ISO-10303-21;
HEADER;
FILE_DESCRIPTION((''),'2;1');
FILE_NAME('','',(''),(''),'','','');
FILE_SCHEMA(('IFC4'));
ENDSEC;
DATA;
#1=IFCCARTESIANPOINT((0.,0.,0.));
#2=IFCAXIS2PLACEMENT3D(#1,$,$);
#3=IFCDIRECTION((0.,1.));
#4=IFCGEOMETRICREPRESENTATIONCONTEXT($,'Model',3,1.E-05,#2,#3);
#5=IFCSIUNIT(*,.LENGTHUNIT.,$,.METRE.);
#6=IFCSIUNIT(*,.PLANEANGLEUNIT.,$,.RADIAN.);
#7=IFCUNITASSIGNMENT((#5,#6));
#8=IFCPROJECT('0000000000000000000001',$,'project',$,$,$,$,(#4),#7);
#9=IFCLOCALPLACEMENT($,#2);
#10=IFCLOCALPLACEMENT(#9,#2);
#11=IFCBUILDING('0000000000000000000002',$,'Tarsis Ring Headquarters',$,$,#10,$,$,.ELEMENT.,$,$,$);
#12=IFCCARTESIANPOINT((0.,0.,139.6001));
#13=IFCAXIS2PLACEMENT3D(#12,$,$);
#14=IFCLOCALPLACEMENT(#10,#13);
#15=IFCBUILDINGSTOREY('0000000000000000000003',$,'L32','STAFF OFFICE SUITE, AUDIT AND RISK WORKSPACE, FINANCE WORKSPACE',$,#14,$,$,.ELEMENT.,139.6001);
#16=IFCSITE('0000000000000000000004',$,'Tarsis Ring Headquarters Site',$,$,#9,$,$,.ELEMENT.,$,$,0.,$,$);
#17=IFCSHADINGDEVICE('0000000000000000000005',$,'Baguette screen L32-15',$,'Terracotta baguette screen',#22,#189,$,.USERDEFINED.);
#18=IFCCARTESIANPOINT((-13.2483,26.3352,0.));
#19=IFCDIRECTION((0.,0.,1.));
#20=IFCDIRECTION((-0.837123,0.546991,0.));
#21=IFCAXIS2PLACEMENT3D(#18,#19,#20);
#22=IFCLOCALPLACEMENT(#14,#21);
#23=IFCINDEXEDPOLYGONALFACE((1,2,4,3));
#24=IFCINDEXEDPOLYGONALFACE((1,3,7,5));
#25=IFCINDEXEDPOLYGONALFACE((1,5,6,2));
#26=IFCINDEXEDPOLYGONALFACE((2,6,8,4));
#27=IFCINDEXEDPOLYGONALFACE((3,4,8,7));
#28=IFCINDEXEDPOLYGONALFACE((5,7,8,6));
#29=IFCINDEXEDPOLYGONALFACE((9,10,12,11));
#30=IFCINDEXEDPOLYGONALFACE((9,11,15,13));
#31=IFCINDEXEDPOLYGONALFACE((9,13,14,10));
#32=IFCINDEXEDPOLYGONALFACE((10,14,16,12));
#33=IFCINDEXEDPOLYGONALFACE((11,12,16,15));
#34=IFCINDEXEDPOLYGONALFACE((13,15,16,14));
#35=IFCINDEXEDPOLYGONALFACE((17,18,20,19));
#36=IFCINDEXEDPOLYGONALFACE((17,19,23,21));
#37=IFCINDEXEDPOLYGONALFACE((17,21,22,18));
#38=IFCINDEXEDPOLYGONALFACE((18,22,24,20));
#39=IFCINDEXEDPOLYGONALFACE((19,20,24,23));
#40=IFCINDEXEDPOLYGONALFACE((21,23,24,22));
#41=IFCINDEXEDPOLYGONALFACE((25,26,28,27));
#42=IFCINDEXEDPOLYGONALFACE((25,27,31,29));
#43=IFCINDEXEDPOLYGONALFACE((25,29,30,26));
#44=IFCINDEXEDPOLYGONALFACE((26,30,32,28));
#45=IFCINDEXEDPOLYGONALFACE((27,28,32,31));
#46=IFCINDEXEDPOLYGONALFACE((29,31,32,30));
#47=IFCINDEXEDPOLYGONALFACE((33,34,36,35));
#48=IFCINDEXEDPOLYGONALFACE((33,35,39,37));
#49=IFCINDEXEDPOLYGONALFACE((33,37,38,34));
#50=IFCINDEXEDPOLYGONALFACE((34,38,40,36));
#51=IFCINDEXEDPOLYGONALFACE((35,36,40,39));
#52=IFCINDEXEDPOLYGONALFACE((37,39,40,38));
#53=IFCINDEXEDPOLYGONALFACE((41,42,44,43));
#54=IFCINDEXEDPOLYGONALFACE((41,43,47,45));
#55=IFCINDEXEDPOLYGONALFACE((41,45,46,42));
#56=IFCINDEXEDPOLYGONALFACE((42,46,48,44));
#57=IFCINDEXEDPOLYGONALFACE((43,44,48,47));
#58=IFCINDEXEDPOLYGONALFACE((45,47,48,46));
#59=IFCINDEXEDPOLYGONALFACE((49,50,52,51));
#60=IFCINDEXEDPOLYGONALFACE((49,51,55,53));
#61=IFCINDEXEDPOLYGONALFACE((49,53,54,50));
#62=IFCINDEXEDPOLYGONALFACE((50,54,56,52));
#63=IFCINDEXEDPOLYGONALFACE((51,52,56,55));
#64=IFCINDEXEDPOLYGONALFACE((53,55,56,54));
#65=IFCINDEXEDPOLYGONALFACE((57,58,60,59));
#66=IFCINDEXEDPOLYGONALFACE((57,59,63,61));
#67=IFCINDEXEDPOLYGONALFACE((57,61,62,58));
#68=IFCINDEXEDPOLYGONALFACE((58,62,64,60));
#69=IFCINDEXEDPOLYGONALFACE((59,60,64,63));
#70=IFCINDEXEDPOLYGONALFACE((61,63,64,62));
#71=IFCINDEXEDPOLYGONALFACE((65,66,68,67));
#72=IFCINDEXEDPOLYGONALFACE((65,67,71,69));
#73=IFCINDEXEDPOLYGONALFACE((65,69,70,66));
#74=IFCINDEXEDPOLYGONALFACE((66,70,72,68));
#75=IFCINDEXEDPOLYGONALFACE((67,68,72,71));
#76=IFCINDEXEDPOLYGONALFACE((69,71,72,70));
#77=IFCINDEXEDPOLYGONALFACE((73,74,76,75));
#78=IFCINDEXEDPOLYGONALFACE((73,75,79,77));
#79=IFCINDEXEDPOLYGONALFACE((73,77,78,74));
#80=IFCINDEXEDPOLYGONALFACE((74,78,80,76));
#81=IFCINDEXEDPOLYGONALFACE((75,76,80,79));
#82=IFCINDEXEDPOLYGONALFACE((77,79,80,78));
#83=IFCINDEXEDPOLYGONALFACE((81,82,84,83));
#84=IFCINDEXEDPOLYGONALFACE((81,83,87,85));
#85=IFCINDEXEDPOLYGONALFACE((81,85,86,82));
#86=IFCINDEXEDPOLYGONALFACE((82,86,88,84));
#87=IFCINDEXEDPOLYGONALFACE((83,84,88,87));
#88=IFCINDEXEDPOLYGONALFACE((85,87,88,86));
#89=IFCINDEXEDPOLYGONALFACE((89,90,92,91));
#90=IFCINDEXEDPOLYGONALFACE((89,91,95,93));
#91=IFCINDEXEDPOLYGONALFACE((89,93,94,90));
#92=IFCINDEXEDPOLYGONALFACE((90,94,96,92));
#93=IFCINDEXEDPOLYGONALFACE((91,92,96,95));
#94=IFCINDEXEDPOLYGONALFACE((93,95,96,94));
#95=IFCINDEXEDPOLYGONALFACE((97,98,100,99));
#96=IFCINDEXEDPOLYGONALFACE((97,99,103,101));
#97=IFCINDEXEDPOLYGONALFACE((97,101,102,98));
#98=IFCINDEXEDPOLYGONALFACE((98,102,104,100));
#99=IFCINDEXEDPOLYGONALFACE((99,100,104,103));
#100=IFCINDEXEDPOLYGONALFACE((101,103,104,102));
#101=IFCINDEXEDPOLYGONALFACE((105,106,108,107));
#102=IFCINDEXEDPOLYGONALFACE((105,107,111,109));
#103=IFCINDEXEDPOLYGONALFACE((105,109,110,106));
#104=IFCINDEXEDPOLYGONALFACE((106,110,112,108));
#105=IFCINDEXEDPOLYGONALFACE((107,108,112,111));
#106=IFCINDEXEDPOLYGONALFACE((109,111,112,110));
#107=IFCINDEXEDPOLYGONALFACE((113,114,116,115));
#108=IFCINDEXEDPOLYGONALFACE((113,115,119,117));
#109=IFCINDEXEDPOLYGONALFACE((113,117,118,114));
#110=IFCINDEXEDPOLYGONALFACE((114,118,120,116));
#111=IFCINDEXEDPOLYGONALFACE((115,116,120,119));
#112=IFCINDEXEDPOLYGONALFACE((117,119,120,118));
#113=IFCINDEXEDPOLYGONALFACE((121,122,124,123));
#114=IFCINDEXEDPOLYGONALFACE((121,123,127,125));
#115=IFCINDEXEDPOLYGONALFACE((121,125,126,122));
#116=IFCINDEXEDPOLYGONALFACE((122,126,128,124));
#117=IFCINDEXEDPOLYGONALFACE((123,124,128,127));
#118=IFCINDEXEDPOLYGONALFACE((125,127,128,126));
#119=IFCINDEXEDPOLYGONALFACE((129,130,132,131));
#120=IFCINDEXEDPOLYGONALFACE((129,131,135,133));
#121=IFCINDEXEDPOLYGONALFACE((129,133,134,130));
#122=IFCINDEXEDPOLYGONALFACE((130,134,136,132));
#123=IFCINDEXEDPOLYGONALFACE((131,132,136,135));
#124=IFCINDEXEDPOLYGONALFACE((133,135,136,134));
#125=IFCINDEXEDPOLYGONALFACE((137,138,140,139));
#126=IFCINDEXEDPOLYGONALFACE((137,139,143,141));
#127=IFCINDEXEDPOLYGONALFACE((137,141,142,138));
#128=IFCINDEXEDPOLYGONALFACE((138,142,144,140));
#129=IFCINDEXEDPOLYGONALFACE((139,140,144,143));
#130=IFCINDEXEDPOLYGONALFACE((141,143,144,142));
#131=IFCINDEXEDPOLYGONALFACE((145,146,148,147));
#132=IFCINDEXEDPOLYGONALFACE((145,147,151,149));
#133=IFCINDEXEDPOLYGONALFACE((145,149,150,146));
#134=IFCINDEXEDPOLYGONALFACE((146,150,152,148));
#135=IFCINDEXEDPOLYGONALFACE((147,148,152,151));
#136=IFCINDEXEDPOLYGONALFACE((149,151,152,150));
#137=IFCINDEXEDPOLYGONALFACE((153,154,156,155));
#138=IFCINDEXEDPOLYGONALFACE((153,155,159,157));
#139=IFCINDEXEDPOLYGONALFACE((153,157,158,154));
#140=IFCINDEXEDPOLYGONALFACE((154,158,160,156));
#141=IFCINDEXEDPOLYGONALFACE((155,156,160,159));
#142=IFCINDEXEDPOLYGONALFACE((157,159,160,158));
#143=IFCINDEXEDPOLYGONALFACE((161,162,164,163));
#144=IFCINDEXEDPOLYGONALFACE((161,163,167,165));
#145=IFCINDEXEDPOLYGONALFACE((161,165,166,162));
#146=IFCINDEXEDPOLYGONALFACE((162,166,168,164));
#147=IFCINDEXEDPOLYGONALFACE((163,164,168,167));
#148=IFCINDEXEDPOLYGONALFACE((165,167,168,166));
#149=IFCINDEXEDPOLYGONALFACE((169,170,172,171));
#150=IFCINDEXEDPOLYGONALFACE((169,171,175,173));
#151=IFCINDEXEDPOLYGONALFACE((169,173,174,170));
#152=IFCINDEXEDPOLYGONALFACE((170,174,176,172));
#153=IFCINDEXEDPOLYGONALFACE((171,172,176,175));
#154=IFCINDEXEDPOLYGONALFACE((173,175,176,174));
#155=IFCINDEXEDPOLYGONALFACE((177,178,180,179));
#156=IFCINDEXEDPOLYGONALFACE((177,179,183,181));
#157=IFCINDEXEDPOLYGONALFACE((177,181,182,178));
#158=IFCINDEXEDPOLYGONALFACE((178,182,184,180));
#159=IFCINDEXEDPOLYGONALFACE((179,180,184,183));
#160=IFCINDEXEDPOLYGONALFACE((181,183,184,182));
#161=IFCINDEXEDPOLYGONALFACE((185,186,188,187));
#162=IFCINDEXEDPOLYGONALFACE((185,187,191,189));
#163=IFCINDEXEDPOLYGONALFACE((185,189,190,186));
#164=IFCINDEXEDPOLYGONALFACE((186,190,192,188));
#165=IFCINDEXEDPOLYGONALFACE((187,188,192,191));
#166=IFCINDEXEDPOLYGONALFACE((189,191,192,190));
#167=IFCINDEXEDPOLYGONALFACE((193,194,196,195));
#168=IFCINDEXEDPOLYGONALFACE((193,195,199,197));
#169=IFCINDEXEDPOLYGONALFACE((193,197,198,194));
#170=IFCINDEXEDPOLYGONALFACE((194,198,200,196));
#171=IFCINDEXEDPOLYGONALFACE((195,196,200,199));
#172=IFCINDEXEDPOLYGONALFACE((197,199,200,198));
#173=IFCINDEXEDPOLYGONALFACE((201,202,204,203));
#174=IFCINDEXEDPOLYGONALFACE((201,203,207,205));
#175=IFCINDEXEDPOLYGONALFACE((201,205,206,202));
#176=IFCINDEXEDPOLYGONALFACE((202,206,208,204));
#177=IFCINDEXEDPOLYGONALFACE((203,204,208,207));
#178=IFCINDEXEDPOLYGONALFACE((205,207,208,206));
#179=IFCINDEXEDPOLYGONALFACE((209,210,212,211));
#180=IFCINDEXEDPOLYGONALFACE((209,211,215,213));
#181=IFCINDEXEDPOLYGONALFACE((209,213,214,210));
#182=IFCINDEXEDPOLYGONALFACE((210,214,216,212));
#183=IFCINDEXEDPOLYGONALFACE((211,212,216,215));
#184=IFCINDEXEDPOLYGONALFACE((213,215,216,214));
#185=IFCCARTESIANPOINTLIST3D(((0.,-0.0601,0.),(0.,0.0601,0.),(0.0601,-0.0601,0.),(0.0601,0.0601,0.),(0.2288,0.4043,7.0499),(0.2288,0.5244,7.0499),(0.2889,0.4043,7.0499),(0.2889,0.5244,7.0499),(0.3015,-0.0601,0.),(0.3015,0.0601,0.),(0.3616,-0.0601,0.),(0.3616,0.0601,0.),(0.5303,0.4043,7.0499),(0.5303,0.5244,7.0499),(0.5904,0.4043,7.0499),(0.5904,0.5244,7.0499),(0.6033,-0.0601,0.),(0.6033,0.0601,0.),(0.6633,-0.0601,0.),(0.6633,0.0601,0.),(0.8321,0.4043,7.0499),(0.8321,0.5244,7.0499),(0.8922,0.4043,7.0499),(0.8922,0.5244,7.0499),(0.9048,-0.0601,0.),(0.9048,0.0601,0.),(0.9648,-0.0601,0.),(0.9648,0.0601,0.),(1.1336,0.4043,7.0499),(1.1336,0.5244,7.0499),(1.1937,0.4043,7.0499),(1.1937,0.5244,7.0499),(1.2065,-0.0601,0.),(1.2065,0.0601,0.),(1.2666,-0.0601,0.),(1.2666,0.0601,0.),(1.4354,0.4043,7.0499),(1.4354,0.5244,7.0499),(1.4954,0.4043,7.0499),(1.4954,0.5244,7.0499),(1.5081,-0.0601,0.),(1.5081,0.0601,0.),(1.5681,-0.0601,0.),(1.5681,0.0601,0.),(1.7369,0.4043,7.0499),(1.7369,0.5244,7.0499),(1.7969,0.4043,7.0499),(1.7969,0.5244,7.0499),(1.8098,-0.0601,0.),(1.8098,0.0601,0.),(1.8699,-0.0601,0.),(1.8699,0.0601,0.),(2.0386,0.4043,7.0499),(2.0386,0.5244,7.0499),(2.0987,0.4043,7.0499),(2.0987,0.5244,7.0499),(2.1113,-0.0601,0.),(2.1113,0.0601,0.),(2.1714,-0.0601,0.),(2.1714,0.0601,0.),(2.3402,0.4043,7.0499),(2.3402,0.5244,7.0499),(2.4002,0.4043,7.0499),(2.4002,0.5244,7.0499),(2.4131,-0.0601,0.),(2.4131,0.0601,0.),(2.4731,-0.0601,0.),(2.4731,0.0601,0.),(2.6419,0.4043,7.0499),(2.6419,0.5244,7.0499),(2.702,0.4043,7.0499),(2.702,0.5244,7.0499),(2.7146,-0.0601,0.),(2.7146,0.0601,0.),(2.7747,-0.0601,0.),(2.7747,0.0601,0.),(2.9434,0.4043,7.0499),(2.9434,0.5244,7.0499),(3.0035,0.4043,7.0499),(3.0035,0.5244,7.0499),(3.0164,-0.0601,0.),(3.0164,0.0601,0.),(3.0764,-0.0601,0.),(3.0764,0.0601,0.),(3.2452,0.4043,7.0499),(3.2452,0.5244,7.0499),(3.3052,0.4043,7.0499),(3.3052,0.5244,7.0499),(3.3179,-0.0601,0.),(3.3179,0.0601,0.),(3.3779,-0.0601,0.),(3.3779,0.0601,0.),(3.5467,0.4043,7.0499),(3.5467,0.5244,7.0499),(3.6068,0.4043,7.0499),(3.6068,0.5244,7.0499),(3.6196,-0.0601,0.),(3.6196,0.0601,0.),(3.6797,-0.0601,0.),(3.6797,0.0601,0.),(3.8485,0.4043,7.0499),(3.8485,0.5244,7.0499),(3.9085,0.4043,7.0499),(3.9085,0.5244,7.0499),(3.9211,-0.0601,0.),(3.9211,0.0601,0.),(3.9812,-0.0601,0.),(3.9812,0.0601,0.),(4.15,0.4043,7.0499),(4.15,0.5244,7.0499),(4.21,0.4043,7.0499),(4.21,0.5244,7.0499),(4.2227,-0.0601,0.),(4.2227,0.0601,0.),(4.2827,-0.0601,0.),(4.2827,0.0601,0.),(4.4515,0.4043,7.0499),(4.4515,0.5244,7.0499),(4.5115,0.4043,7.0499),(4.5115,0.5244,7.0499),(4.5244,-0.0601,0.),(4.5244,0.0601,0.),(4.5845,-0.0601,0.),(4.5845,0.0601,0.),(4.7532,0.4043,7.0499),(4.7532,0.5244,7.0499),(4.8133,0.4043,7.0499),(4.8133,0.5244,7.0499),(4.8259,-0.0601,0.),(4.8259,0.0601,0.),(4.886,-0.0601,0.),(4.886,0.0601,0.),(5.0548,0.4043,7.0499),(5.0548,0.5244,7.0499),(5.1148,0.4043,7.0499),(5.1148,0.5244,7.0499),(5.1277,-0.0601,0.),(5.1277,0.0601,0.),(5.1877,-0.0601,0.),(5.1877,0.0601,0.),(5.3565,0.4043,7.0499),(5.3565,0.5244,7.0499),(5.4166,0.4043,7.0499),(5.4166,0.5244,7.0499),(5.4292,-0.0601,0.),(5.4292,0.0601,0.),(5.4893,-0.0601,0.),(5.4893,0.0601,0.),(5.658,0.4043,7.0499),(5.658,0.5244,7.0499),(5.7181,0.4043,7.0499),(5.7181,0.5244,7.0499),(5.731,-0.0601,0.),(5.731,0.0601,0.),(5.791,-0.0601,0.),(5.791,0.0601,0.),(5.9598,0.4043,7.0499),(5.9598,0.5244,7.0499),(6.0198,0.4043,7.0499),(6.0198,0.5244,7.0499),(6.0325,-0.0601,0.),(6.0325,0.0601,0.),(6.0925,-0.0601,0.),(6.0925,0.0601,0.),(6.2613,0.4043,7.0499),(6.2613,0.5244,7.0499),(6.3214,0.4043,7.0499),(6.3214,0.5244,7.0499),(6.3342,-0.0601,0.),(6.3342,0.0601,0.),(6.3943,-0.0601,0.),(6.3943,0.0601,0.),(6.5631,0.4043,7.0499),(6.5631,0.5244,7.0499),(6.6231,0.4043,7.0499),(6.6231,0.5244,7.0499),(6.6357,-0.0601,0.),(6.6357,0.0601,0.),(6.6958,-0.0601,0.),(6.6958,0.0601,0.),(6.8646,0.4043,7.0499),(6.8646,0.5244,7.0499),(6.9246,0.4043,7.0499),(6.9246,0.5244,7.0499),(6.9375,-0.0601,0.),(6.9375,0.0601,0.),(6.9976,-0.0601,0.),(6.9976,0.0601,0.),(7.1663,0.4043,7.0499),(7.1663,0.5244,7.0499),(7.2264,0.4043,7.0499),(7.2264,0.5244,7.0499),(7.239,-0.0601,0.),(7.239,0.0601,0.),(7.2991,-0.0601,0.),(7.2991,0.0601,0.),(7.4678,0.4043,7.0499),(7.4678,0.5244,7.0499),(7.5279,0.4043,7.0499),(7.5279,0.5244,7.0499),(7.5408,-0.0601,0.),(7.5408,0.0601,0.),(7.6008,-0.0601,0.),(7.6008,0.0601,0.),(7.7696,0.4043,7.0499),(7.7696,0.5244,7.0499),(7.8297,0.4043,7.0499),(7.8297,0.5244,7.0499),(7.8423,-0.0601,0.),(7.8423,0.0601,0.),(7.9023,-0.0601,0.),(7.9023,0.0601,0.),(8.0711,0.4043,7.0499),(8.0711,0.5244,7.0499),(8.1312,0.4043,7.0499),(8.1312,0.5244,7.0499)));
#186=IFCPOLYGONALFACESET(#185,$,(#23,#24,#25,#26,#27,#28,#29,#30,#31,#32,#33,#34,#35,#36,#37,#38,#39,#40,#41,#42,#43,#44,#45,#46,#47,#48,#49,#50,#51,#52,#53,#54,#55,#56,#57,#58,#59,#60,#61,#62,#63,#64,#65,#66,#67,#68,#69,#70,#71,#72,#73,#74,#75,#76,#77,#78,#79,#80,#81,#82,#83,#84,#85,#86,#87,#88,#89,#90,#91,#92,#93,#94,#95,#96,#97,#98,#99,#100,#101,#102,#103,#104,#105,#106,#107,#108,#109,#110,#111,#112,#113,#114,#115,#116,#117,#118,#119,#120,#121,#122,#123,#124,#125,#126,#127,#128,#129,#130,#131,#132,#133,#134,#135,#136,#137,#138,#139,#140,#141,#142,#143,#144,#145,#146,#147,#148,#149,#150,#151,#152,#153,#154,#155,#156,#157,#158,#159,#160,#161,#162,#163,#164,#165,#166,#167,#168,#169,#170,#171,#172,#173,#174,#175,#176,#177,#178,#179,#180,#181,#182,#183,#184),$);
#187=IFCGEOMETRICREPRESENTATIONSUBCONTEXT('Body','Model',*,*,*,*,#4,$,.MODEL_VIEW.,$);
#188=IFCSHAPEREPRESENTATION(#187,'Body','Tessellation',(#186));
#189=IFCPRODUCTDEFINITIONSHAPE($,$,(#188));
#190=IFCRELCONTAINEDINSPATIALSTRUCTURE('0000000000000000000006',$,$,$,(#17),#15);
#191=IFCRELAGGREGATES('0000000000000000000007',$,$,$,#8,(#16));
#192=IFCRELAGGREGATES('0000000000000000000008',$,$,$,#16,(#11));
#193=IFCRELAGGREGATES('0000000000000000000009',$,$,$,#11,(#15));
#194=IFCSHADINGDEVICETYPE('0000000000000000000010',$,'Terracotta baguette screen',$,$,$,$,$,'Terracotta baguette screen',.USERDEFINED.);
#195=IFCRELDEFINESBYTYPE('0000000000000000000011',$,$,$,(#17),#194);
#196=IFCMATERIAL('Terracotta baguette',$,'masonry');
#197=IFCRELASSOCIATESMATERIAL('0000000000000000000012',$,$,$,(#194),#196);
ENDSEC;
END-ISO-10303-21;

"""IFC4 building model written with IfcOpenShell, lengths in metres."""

from ifc_helpers import new_model, si_unit, direction, frame, frame_2d, origin, place, context, subcontext, project, spatial, rectangle, composite_profile, extrude, material, type_object, element, save


model = new_model("IFC4")

# Units and contexts
model_context = context("Model", 3, precision=1e-05, world=origin(), true_north=direction((0.0, 1.0)))
body_context = subcontext(model_context, "Body", "Model", "MODEL_VIEW")
ifc_project = project(units=[si_unit("LENGTHUNIT", "METRE"), si_unit("PLANEANGLEUNIT", "RADIAN")], contexts=[model_context])

# Site, building, storey
site_placement = place(None, origin())
site = spatial("IfcSite", under=ifc_project, at=site_placement, Name="Tarsis Ring Headquarters Site", CompositionType="ELEMENT", RefElevation=0.0)
building_placement = place(site_placement, origin())
building = spatial("IfcBuilding", under=site, at=building_placement, Name="Tarsis Ring Headquarters", CompositionType="ELEMENT")
storey_placement = place(building_placement, frame((0.0, 0.0, 139.6001)))
storey = spatial("IfcBuildingStorey", under=building, at=storey_placement, Name="L32", Description="STAFF OFFICE SUITE, AUDIT AND RISK WORKSPACE, FINANCE WORKSPACE", CompositionType="ELEMENT", Elevation=139.6001)

# Shading device
ifc_material_1 = material(Name="Terracotta baguette", Category="masonry")
shading_device_type_1 = type_object("IfcShadingDeviceType", Name="Terracotta baguette screen", ElementType="Terracotta baguette screen", PredefinedType="USERDEFINED", material=ifc_material_1)
shading_device_1_placement = place(storey_placement, frame((-13.2483, 26.3352, 0.0), z_axis=(0.0, 0.0, 1.0), x_axis=(-0.837123, 0.546991, 0.0)))
element("IfcShadingDevice", 1, at=shading_device_1_placement, inside=storey, type_object=shading_device_type_1, Name="Baguette screen L32-15", ObjectType="Terracotta baguette screen", PredefinedType="USERDEFINED", context=body_context, shape_type="SweptSolid", body=[
    extrude(composite_profile([rectangle(XDim=0.0601, YDim=0.1201, at=frame_2d((0.03, 0.0))), rectangle(XDim=0.0601, YDim=0.1201, at=frame_2d((0.3315, 0.0))), rectangle(XDim=0.0601, YDim=0.1201, at=frame_2d((0.6333, 0.0))), rectangle(XDim=0.0601, YDim=0.1201, at=frame_2d((0.9348, 0.0))), rectangle(XDim=0.0601, YDim=0.1201, at=frame_2d((1.2366, 0.0))), rectangle(XDim=0.0601, YDim=0.1201, at=frame_2d((1.5381, 0.0))), rectangle(XDim=0.0601, YDim=0.1201, at=frame_2d((1.8398, 0.0))), rectangle(XDim=0.0601, YDim=0.1201, at=frame_2d((2.1414, 0.0))), rectangle(XDim=0.0601, YDim=0.1201, at=frame_2d((2.4431, 0.0))), rectangle(XDim=0.0601, YDim=0.1201, at=frame_2d((2.7446, 0.0))), rectangle(XDim=0.0601, YDim=0.1201, at=frame_2d((3.0464, 0.0))), rectangle(XDim=0.0601, YDim=0.1201, at=frame_2d((3.3479, 0.0))), rectangle(XDim=0.0601, YDim=0.1201, at=frame_2d((3.6497, 0.0))), rectangle(XDim=0.0601, YDim=0.1201, at=frame_2d((3.9512, 0.0))), rectangle(XDim=0.0601, YDim=0.1201, at=frame_2d((4.2527, 0.0))), rectangle(XDim=0.0601, YDim=0.1201, at=frame_2d((4.5544, 0.0))), rectangle(XDim=0.0601, YDim=0.1201, at=frame_2d((4.856, 0.0))), rectangle(XDim=0.0601, YDim=0.1201, at=frame_2d((5.1577, 0.0))), rectangle(XDim=0.0601, YDim=0.1201, at=frame_2d((5.4592, 0.0))), rectangle(XDim=0.0601, YDim=0.1201, at=frame_2d((5.761, 0.0))), rectangle(XDim=0.0601, YDim=0.1201, at=frame_2d((6.0625, 0.0))), rectangle(XDim=0.0601, YDim=0.1201, at=frame_2d((6.3643, 0.0))), rectangle(XDim=0.0601, YDim=0.1201, at=frame_2d((6.6658, 0.0))), rectangle(XDim=0.0601, YDim=0.1201, at=frame_2d((6.9675, 0.0))), rectangle(XDim=0.0601, YDim=0.1201, at=frame_2d((7.269, 0.0))), rectangle(XDim=0.0601, YDim=0.1201, at=frame_2d((7.5708, 0.0))), rectangle(XDim=0.0601, YDim=0.1201, at=frame_2d((7.8723, 0.0)))]), origin(), (0.032371, 0.065691, 0.997315), 7.0688),
])

save(model, "model.ifc")
